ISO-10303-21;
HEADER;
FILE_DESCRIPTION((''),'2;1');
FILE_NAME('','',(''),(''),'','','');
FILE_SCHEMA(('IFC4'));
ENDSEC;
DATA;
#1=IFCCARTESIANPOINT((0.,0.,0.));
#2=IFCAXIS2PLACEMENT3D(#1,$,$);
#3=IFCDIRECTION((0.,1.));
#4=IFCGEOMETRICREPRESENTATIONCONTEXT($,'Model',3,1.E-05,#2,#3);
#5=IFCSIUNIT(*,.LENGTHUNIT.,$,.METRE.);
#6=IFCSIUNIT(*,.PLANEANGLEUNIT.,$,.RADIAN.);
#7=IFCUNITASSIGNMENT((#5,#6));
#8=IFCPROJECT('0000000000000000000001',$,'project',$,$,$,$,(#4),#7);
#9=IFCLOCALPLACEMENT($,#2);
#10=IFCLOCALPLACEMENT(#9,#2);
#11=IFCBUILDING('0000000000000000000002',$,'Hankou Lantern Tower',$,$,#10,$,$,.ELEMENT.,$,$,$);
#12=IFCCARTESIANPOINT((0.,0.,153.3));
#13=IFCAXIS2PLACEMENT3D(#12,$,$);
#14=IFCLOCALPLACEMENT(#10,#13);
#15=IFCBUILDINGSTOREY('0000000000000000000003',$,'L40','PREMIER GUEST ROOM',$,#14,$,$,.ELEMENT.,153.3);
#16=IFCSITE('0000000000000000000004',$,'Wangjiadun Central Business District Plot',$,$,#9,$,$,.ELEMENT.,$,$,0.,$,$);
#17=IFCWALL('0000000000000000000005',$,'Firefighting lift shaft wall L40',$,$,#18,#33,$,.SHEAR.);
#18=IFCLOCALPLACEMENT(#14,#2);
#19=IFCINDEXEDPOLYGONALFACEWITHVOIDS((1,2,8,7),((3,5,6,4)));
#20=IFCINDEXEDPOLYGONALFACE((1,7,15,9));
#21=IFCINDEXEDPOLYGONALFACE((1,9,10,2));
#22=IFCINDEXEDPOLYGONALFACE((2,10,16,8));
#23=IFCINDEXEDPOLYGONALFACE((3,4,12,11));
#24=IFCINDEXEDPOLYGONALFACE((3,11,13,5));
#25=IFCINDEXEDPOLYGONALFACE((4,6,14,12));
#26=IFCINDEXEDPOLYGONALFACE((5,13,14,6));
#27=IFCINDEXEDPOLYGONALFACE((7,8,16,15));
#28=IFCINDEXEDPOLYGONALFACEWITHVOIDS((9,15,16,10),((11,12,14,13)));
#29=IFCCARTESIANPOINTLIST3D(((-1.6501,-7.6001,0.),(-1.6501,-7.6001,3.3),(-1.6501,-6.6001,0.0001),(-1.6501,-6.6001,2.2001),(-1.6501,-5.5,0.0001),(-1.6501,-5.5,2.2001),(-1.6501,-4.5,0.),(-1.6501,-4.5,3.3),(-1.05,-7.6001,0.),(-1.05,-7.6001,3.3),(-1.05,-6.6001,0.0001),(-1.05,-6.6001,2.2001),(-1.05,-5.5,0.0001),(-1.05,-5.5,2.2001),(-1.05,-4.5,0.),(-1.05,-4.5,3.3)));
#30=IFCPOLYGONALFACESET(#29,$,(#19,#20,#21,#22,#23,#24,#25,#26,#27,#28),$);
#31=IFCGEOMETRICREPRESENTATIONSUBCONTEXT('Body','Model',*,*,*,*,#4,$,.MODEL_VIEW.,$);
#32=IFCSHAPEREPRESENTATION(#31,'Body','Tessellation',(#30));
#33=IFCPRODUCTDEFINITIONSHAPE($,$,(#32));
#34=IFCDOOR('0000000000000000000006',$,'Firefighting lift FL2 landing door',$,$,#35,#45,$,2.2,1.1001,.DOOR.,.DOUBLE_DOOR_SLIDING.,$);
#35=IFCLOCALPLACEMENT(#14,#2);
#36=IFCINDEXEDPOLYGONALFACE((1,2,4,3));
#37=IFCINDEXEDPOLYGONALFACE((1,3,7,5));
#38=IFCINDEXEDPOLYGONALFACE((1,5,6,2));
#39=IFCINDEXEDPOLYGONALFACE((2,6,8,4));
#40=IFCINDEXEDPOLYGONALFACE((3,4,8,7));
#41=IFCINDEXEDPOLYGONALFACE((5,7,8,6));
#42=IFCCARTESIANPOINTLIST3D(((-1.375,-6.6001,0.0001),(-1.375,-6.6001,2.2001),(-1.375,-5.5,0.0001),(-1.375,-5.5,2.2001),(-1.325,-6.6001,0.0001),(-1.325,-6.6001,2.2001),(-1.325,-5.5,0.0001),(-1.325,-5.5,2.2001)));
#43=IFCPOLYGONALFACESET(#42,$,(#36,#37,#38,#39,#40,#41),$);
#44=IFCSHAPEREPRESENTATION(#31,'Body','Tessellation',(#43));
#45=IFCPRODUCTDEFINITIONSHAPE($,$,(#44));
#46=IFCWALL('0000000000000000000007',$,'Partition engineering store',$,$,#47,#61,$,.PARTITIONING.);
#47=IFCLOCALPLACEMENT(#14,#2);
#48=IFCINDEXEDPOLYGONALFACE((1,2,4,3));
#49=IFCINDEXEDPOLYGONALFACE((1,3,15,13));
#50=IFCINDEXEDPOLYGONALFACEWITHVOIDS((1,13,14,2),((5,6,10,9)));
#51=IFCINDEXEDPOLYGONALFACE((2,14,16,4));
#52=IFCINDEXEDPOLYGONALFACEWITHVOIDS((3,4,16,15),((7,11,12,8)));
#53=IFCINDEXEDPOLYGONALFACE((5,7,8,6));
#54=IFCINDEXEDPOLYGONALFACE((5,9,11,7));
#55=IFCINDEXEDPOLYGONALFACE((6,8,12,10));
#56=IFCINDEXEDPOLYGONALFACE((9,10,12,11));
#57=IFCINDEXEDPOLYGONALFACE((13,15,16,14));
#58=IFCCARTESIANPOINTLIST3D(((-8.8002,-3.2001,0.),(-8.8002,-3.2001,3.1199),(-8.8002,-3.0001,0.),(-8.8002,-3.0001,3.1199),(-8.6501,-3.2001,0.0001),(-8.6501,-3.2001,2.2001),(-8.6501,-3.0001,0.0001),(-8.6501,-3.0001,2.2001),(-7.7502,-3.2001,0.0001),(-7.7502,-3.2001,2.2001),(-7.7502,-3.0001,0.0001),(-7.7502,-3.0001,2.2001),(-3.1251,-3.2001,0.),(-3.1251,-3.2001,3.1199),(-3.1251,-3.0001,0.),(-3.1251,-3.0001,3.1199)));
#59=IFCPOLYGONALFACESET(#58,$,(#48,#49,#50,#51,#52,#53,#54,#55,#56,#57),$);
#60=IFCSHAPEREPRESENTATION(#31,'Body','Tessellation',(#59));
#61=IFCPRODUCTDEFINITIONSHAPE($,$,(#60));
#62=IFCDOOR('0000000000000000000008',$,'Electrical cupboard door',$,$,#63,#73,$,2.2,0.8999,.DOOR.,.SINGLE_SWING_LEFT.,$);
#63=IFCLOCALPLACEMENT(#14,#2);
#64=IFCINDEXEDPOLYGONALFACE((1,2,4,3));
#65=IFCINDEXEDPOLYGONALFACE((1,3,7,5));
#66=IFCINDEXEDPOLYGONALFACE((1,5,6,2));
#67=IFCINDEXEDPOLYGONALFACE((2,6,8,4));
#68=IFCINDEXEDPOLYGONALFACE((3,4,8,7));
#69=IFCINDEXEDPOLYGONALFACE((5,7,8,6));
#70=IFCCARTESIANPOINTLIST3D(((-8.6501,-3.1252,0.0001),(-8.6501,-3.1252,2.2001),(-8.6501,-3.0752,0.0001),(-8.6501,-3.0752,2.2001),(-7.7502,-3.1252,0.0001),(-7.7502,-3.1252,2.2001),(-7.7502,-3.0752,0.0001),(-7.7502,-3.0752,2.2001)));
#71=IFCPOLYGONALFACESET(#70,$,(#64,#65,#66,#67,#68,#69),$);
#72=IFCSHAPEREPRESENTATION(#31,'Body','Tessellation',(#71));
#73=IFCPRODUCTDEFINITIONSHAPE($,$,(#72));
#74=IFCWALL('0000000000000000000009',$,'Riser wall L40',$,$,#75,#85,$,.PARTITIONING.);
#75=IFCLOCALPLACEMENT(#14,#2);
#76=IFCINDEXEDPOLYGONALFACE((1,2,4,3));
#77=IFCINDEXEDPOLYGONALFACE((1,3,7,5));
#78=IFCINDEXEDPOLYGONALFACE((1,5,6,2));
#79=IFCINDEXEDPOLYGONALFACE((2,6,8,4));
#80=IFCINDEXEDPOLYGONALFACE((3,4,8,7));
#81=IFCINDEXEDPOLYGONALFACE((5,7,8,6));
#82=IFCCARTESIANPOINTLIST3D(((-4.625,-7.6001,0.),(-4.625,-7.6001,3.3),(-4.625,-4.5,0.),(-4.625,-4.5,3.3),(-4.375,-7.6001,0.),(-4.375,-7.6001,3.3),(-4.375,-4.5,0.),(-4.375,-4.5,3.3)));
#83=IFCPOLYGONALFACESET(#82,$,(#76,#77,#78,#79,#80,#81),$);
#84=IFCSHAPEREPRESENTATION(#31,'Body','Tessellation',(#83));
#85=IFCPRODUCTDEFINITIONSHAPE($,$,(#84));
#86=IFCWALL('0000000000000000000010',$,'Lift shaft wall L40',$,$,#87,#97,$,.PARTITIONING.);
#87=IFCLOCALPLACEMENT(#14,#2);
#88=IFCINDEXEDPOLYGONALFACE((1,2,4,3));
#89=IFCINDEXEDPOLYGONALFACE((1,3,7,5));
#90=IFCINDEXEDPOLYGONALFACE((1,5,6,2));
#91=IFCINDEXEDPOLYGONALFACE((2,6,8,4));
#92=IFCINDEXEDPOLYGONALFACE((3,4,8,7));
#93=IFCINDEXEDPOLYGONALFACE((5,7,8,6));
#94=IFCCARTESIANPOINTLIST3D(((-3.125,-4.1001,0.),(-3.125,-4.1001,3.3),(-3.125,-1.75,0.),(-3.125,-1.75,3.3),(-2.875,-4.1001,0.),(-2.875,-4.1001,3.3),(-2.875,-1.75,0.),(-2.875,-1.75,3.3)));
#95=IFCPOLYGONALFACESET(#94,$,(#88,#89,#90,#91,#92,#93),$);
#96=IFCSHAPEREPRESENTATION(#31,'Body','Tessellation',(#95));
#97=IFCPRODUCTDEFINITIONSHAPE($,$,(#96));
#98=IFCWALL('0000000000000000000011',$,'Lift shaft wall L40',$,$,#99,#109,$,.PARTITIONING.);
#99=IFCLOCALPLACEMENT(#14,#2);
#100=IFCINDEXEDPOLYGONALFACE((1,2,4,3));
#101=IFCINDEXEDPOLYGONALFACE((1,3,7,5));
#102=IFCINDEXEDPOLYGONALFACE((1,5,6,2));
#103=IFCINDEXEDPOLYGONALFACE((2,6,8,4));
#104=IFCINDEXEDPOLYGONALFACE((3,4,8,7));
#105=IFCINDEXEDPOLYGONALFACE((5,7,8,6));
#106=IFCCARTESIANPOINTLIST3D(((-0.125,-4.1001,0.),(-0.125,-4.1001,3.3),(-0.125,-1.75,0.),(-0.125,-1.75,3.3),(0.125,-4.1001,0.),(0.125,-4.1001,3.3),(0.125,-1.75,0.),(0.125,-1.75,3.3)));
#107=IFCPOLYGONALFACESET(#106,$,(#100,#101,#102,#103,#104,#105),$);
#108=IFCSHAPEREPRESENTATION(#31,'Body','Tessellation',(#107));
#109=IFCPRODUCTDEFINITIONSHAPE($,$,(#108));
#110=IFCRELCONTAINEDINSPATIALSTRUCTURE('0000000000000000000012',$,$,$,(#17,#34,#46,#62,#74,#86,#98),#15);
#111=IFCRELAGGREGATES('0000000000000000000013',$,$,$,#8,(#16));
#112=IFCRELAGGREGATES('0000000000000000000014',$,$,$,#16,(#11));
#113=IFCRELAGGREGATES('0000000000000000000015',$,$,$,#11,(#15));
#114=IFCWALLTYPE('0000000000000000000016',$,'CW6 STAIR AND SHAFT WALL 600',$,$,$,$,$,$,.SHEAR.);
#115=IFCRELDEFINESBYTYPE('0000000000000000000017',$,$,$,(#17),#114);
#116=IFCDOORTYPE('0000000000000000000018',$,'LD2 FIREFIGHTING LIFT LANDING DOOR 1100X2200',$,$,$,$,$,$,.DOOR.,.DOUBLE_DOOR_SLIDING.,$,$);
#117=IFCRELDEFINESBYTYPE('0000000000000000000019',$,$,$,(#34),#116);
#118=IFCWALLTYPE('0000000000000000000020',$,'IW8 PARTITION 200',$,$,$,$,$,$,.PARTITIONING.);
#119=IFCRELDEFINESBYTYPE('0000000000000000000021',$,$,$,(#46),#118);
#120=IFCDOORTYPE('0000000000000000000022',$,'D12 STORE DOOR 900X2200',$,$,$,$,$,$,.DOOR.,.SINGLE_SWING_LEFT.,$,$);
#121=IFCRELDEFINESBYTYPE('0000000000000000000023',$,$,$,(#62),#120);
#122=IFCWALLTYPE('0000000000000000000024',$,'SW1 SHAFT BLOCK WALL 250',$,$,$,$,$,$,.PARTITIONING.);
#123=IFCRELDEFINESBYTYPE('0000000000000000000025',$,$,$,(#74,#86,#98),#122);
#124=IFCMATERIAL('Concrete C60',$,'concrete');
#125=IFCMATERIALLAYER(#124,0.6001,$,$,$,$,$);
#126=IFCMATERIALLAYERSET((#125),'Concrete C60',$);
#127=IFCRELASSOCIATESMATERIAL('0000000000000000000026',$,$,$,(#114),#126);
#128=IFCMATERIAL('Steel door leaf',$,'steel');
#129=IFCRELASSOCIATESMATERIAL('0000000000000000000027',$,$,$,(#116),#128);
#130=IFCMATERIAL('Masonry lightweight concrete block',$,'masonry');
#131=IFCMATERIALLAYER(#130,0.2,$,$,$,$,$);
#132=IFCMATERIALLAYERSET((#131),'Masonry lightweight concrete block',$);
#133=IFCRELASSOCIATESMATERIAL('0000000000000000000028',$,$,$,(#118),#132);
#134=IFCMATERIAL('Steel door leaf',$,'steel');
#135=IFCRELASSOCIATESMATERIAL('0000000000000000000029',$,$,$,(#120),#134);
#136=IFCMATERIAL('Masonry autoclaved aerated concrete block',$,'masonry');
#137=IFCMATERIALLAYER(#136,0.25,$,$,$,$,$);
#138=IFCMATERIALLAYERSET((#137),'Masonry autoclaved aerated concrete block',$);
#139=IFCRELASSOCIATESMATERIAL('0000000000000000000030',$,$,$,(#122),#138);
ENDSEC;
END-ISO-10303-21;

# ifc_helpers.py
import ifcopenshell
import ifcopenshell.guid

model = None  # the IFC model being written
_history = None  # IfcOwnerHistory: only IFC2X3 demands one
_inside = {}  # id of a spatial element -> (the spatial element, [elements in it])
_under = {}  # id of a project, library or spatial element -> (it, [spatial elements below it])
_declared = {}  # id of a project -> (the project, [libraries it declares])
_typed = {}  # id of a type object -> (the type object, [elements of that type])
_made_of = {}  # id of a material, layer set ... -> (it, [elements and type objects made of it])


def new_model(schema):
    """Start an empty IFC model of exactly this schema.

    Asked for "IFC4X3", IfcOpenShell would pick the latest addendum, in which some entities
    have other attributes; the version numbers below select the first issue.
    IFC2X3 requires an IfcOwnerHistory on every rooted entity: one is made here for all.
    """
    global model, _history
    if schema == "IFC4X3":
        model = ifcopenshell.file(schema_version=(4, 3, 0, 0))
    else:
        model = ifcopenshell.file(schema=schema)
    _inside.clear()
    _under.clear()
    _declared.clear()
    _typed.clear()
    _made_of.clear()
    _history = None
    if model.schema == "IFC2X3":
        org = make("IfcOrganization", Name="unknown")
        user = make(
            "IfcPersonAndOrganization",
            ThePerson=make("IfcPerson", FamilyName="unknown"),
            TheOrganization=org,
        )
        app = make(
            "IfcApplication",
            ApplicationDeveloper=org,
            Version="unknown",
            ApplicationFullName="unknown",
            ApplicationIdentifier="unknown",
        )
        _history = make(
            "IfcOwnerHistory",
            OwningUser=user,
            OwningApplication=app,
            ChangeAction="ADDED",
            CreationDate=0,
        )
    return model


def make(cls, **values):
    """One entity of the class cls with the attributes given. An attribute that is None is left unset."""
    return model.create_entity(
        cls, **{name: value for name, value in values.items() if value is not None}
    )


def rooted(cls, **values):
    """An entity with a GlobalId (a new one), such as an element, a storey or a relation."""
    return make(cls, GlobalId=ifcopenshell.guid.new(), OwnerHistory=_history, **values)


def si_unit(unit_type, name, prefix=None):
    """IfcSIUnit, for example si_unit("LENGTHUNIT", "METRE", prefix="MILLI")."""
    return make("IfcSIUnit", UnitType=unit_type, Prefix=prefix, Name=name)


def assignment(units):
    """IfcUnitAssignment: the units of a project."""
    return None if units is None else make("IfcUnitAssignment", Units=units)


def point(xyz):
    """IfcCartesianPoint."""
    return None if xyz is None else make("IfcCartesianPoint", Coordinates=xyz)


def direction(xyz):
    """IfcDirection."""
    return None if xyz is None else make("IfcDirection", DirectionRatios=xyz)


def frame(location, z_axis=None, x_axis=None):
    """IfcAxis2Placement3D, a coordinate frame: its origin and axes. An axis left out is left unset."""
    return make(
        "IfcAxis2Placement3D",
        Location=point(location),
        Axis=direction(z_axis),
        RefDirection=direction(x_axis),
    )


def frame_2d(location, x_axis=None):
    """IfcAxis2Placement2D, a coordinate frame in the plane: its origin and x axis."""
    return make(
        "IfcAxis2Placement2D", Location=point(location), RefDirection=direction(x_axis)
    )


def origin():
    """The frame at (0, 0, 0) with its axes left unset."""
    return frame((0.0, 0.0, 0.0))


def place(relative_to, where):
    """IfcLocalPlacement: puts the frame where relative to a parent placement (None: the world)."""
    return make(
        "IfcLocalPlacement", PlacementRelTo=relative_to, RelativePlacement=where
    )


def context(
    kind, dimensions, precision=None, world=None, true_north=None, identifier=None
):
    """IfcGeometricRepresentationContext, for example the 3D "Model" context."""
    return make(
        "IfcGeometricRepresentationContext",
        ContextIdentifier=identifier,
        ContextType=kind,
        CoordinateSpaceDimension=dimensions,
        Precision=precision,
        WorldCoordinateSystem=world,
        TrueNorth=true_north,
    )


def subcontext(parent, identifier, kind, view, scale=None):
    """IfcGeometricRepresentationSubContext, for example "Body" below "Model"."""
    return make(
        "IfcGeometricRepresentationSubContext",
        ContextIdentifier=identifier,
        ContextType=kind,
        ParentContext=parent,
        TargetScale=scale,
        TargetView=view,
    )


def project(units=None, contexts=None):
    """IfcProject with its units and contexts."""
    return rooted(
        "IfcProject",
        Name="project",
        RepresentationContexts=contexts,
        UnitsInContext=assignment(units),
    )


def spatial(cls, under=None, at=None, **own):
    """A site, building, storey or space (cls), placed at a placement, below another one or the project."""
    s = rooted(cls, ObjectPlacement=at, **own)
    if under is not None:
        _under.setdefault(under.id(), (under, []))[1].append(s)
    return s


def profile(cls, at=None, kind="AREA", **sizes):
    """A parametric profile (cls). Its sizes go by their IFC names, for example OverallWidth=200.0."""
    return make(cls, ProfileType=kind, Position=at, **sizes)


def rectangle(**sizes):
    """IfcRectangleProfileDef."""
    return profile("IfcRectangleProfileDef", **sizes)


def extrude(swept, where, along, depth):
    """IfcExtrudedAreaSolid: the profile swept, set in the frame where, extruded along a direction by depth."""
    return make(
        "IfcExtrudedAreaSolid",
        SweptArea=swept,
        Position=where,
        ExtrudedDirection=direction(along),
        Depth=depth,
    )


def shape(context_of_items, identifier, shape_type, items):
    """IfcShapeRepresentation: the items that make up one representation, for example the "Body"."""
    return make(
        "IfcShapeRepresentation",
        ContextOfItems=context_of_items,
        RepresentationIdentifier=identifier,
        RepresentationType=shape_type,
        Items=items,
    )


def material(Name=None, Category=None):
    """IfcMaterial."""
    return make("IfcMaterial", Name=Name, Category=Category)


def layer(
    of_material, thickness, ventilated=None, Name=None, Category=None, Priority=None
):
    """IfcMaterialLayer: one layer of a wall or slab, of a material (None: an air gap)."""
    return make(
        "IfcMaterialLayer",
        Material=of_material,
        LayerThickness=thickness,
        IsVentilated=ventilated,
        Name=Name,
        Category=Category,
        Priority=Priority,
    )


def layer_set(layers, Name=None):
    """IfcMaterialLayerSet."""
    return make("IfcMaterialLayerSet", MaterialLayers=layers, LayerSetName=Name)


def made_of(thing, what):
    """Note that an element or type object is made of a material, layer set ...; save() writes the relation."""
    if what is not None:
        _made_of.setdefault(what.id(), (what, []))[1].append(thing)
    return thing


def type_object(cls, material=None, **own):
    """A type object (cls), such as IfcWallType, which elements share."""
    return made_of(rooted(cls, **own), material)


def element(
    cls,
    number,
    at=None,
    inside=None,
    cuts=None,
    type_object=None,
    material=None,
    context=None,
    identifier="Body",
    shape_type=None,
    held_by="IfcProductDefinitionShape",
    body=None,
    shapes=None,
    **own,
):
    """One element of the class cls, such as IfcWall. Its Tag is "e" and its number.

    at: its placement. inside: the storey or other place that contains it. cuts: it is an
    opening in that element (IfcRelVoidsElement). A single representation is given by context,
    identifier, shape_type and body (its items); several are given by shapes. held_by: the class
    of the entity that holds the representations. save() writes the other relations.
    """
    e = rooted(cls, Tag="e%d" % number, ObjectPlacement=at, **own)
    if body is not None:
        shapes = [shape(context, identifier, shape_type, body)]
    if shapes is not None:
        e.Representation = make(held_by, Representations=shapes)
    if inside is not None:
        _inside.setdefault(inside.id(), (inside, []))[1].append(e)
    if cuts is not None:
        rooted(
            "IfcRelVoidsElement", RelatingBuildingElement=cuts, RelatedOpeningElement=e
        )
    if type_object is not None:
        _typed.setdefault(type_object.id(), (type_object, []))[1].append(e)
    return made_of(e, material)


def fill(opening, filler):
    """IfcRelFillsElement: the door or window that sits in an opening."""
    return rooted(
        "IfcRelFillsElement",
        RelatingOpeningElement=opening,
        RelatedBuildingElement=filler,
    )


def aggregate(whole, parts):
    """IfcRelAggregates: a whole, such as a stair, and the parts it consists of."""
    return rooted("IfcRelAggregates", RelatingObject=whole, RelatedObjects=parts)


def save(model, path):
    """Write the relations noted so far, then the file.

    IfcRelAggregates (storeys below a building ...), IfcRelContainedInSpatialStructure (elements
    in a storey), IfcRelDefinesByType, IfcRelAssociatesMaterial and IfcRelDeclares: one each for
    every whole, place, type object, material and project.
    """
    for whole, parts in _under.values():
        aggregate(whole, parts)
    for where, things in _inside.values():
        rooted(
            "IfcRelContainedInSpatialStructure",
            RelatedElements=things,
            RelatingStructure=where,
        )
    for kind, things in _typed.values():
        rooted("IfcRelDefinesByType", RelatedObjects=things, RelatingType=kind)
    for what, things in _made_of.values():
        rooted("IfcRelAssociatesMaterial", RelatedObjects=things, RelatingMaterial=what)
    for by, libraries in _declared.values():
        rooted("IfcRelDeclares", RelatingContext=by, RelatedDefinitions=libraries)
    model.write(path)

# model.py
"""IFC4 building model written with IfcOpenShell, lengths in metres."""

from ifc_helpers import new_model, si_unit, direction, frame, frame_2d, origin, place, context, subcontext, project, spatial, rectangle, extrude, material, layer, layer_set, type_object, element, fill, save


model = new_model("IFC4")

# Units and contexts
model_context = context("Model", 3, precision=1e-05, world=origin(), true_north=direction((0.0, 1.0)))
body_context = subcontext(model_context, "Body", "Model", "MODEL_VIEW")
ifc_project = project(units=[si_unit("LENGTHUNIT", "METRE"), si_unit("PLANEANGLEUNIT", "RADIAN")], contexts=[model_context])

# Site, building, storey
site_placement = place(None, origin())
site = spatial("IfcSite", under=ifc_project, at=site_placement, Name="Wangjiadun Central Business District Plot", CompositionType="ELEMENT", RefElevation=0.0)
building_placement = place(site_placement, origin())
building = spatial("IfcBuilding", under=site, at=building_placement, Name="Hankou Lantern Tower", CompositionType="ELEMENT")
storey_placement = place(building_placement, frame((0.0, 0.0, 153.3)))
storey = spatial("IfcBuildingStorey", under=building, at=storey_placement, Name="L40", Description="PREMIER GUEST ROOM", CompositionType="ELEMENT", Elevation=153.3)

# Walls, openings, doors
ifc_material_1 = material(Name="Concrete C60", Category="concrete")
ifc_layer_1 = layer(ifc_material_1, 0.6001)
ifc_layer_set_1 = layer_set([ifc_layer_1], Name="Concrete C60")
wall_type_1 = type_object("IfcWallType", Name="CW6 STAIR AND SHAFT WALL 600", PredefinedType="SHEAR", material=ifc_layer_set_1)
wall_1_placement = place(storey_placement, frame((-1.3501, -7.6001, 0.0), z_axis=(0.0, 0.0, 1.0), x_axis=(0.0, 1.0, 0.0)))
wall_1 = element("IfcWall", 1, at=wall_1_placement, inside=storey, type_object=wall_type_1, Name="Firefighting lift shaft wall L40", PredefinedType="SHEAR", context=body_context, shape_type="SweptSolid", body=[
    extrude(rectangle(XDim=3.1001, YDim=0.6001, at=frame_2d((1.55, 0.0))), origin(), (0.0, 0.0, 1.0), 3.3),
])
opening_1_placement = place(wall_1_placement, frame((1.0, 0.0, 0.0)))
opening_1 = element("IfcOpeningElement", 2, at=opening_1_placement, cuts=wall_1, PredefinedType="OPENING", context=body_context, shape_type="SweptSolid", body=[
    extrude(rectangle(XDim=1.1001, YDim=2.2, at=frame_2d((0.55, 1.1001))), frame((0.0, 0.3101, 0.0), z_axis=(0.0, -1.0, 0.0), x_axis=(1.0, 0.0, 0.0)), (0.0, 0.0, 1.0), 0.6201),
])
ifc_material_2 = material(Name="Steel door leaf", Category="steel")
door_type_1 = type_object("IfcDoorType", Name="LD2 FIREFIGHTING LIFT LANDING DOOR 1100X2200", OperationType="DOUBLE_DOOR_SLIDING", PredefinedType="DOOR", material=ifc_material_2)
door_1_placement = place(opening_1_placement, origin())
door_1 = element("IfcDoor", 3, at=door_1_placement, inside=storey, type_object=door_type_1, Name="Firefighting lift FL2 landing door", OperationType="DOUBLE_DOOR_SLIDING", OverallHeight=2.2, OverallWidth=1.1001, PredefinedType="DOOR", context=body_context, shape_type="SweptSolid", body=[
    extrude(rectangle(XDim=1.1001, YDim=2.2, at=frame_2d((0.55, 1.1001))), frame((0.0, 0.0249, 0.0), z_axis=(0.0, -1.0, 0.0), x_axis=(1.0, 0.0, 0.0)), (0.0, 0.0, 1.0), 0.05),
])
fill(opening_1, door_1)
ifc_material_3 = material(Name="Masonry lightweight concrete block", Category="masonry")
ifc_layer_2 = layer(ifc_material_3, 0.2)
ifc_layer_set_2 = layer_set([ifc_layer_2], Name="Masonry lightweight concrete block")
wall_type_2 = type_object("IfcWallType", Name="IW8 PARTITION 200", PredefinedType="PARTITIONING", material=ifc_layer_set_2)
wall_2_placement = place(storey_placement, frame((-8.8, -3.1001, 0.0), z_axis=(0.0, 0.0, 1.0), x_axis=(1.0, 0.0, 0.0)))
wall_2 = element("IfcWall", 4, at=wall_2_placement, inside=storey, type_object=wall_type_2, Name="Partition engineering store", PredefinedType="PARTITIONING", context=body_context, shape_type="SweptSolid", body=[
    extrude(rectangle(XDim=5.675, YDim=0.2, at=frame_2d((2.8374, 0.0))), origin(), (0.0, 0.0, 1.0), 3.1199),
])
opening_2_placement = place(wall_2_placement, frame((0.1499, 0.0, 0.0)))
opening_2 = element("IfcOpeningElement", 5, at=opening_2_placement, cuts=wall_2, PredefinedType="OPENING", context=body_context, shape_type="SweptSolid", body=[
    extrude(rectangle(XDim=0.8999, YDim=2.2, at=frame_2d((0.45, 1.1001))), frame((0.0, 0.1099, 0.0), z_axis=(0.0, -1.0, 0.0), x_axis=(1.0, 0.0, 0.0)), (0.0, 0.0, 1.0), 0.22),
])
ifc_material_4 = material(Name="Steel door leaf", Category="steel")
door_type_2 = type_object("IfcDoorType", Name="D12 STORE DOOR 900X2200", OperationType="SINGLE_SWING_LEFT", PredefinedType="DOOR", material=ifc_material_4)
door_2_placement = place(opening_2_placement, origin())
door_2 = element("IfcDoor", 6, at=door_2_placement, inside=storey, type_object=door_type_2, Name="Electrical cupboard door", OperationType="SINGLE_SWING_LEFT", OverallHeight=2.2, OverallWidth=0.8999, PredefinedType="DOOR", context=body_context, shape_type="SweptSolid", body=[
    extrude(rectangle(XDim=0.8999, YDim=2.2, at=frame_2d((0.45, 1.1001))), frame((0.0, 0.0249, 0.0), z_axis=(0.0, -1.0, 0.0), x_axis=(1.0, 0.0, 0.0)), (0.0, 0.0, 1.0), 0.05),
])
fill(opening_2, door_2)

# Walls
ifc_material_5 = material(Name="Masonry autoclaved aerated concrete block", Category="masonry")
ifc_layer_3 = layer(ifc_material_5, 0.25)
ifc_layer_set_3 = layer_set([ifc_layer_3], Name="Masonry autoclaved aerated concrete block")
wall_type_3 = type_object("IfcWallType", Name="SW1 SHAFT BLOCK WALL 250", PredefinedType="PARTITIONING", material=ifc_layer_set_3)
wall_3_placement = place(storey_placement, frame((-4.5, -7.6001, 0.0), z_axis=(0.0, 0.0, 1.0), x_axis=(0.0, 1.0, 0.0)))
element("IfcWall", 7, at=wall_3_placement, inside=storey, type_object=wall_type_3, Name="Riser wall L40", PredefinedType="PARTITIONING", context=body_context, shape_type="SweptSolid", body=[
    extrude(rectangle(XDim=3.1001, YDim=0.25, at=frame_2d((1.55, 0.0))), origin(), (0.0, 0.0, 1.0), 3.3),
])
for number, where, z_axis, x_axis, name in (
    (8, (-3.0, -4.1001, 0.0), (0.0, 0.0, 1.0), (0.0, 1.0, 0.0), "Lift shaft wall L40"),
    (9, (0.0, -4.1001, 0.0), (0.0, 0.0, 1.0), (0.0, 1.0, 0.0), "Lift shaft wall L40"),
):
    element("IfcWall", number, at=place(storey_placement, frame(where, z_axis=z_axis, x_axis=x_axis)), inside=storey, type_object=wall_type_3, Name=name, PredefinedType="PARTITIONING", context=body_context, shape_type="SweptSolid", body=[
        extrude(rectangle(XDim=2.3501, YDim=0.25, at=frame_2d((1.175, 0.0))), origin(), (0.0, 0.0, 1.0), 3.3),
    ])

save(model, "model.ifc")
